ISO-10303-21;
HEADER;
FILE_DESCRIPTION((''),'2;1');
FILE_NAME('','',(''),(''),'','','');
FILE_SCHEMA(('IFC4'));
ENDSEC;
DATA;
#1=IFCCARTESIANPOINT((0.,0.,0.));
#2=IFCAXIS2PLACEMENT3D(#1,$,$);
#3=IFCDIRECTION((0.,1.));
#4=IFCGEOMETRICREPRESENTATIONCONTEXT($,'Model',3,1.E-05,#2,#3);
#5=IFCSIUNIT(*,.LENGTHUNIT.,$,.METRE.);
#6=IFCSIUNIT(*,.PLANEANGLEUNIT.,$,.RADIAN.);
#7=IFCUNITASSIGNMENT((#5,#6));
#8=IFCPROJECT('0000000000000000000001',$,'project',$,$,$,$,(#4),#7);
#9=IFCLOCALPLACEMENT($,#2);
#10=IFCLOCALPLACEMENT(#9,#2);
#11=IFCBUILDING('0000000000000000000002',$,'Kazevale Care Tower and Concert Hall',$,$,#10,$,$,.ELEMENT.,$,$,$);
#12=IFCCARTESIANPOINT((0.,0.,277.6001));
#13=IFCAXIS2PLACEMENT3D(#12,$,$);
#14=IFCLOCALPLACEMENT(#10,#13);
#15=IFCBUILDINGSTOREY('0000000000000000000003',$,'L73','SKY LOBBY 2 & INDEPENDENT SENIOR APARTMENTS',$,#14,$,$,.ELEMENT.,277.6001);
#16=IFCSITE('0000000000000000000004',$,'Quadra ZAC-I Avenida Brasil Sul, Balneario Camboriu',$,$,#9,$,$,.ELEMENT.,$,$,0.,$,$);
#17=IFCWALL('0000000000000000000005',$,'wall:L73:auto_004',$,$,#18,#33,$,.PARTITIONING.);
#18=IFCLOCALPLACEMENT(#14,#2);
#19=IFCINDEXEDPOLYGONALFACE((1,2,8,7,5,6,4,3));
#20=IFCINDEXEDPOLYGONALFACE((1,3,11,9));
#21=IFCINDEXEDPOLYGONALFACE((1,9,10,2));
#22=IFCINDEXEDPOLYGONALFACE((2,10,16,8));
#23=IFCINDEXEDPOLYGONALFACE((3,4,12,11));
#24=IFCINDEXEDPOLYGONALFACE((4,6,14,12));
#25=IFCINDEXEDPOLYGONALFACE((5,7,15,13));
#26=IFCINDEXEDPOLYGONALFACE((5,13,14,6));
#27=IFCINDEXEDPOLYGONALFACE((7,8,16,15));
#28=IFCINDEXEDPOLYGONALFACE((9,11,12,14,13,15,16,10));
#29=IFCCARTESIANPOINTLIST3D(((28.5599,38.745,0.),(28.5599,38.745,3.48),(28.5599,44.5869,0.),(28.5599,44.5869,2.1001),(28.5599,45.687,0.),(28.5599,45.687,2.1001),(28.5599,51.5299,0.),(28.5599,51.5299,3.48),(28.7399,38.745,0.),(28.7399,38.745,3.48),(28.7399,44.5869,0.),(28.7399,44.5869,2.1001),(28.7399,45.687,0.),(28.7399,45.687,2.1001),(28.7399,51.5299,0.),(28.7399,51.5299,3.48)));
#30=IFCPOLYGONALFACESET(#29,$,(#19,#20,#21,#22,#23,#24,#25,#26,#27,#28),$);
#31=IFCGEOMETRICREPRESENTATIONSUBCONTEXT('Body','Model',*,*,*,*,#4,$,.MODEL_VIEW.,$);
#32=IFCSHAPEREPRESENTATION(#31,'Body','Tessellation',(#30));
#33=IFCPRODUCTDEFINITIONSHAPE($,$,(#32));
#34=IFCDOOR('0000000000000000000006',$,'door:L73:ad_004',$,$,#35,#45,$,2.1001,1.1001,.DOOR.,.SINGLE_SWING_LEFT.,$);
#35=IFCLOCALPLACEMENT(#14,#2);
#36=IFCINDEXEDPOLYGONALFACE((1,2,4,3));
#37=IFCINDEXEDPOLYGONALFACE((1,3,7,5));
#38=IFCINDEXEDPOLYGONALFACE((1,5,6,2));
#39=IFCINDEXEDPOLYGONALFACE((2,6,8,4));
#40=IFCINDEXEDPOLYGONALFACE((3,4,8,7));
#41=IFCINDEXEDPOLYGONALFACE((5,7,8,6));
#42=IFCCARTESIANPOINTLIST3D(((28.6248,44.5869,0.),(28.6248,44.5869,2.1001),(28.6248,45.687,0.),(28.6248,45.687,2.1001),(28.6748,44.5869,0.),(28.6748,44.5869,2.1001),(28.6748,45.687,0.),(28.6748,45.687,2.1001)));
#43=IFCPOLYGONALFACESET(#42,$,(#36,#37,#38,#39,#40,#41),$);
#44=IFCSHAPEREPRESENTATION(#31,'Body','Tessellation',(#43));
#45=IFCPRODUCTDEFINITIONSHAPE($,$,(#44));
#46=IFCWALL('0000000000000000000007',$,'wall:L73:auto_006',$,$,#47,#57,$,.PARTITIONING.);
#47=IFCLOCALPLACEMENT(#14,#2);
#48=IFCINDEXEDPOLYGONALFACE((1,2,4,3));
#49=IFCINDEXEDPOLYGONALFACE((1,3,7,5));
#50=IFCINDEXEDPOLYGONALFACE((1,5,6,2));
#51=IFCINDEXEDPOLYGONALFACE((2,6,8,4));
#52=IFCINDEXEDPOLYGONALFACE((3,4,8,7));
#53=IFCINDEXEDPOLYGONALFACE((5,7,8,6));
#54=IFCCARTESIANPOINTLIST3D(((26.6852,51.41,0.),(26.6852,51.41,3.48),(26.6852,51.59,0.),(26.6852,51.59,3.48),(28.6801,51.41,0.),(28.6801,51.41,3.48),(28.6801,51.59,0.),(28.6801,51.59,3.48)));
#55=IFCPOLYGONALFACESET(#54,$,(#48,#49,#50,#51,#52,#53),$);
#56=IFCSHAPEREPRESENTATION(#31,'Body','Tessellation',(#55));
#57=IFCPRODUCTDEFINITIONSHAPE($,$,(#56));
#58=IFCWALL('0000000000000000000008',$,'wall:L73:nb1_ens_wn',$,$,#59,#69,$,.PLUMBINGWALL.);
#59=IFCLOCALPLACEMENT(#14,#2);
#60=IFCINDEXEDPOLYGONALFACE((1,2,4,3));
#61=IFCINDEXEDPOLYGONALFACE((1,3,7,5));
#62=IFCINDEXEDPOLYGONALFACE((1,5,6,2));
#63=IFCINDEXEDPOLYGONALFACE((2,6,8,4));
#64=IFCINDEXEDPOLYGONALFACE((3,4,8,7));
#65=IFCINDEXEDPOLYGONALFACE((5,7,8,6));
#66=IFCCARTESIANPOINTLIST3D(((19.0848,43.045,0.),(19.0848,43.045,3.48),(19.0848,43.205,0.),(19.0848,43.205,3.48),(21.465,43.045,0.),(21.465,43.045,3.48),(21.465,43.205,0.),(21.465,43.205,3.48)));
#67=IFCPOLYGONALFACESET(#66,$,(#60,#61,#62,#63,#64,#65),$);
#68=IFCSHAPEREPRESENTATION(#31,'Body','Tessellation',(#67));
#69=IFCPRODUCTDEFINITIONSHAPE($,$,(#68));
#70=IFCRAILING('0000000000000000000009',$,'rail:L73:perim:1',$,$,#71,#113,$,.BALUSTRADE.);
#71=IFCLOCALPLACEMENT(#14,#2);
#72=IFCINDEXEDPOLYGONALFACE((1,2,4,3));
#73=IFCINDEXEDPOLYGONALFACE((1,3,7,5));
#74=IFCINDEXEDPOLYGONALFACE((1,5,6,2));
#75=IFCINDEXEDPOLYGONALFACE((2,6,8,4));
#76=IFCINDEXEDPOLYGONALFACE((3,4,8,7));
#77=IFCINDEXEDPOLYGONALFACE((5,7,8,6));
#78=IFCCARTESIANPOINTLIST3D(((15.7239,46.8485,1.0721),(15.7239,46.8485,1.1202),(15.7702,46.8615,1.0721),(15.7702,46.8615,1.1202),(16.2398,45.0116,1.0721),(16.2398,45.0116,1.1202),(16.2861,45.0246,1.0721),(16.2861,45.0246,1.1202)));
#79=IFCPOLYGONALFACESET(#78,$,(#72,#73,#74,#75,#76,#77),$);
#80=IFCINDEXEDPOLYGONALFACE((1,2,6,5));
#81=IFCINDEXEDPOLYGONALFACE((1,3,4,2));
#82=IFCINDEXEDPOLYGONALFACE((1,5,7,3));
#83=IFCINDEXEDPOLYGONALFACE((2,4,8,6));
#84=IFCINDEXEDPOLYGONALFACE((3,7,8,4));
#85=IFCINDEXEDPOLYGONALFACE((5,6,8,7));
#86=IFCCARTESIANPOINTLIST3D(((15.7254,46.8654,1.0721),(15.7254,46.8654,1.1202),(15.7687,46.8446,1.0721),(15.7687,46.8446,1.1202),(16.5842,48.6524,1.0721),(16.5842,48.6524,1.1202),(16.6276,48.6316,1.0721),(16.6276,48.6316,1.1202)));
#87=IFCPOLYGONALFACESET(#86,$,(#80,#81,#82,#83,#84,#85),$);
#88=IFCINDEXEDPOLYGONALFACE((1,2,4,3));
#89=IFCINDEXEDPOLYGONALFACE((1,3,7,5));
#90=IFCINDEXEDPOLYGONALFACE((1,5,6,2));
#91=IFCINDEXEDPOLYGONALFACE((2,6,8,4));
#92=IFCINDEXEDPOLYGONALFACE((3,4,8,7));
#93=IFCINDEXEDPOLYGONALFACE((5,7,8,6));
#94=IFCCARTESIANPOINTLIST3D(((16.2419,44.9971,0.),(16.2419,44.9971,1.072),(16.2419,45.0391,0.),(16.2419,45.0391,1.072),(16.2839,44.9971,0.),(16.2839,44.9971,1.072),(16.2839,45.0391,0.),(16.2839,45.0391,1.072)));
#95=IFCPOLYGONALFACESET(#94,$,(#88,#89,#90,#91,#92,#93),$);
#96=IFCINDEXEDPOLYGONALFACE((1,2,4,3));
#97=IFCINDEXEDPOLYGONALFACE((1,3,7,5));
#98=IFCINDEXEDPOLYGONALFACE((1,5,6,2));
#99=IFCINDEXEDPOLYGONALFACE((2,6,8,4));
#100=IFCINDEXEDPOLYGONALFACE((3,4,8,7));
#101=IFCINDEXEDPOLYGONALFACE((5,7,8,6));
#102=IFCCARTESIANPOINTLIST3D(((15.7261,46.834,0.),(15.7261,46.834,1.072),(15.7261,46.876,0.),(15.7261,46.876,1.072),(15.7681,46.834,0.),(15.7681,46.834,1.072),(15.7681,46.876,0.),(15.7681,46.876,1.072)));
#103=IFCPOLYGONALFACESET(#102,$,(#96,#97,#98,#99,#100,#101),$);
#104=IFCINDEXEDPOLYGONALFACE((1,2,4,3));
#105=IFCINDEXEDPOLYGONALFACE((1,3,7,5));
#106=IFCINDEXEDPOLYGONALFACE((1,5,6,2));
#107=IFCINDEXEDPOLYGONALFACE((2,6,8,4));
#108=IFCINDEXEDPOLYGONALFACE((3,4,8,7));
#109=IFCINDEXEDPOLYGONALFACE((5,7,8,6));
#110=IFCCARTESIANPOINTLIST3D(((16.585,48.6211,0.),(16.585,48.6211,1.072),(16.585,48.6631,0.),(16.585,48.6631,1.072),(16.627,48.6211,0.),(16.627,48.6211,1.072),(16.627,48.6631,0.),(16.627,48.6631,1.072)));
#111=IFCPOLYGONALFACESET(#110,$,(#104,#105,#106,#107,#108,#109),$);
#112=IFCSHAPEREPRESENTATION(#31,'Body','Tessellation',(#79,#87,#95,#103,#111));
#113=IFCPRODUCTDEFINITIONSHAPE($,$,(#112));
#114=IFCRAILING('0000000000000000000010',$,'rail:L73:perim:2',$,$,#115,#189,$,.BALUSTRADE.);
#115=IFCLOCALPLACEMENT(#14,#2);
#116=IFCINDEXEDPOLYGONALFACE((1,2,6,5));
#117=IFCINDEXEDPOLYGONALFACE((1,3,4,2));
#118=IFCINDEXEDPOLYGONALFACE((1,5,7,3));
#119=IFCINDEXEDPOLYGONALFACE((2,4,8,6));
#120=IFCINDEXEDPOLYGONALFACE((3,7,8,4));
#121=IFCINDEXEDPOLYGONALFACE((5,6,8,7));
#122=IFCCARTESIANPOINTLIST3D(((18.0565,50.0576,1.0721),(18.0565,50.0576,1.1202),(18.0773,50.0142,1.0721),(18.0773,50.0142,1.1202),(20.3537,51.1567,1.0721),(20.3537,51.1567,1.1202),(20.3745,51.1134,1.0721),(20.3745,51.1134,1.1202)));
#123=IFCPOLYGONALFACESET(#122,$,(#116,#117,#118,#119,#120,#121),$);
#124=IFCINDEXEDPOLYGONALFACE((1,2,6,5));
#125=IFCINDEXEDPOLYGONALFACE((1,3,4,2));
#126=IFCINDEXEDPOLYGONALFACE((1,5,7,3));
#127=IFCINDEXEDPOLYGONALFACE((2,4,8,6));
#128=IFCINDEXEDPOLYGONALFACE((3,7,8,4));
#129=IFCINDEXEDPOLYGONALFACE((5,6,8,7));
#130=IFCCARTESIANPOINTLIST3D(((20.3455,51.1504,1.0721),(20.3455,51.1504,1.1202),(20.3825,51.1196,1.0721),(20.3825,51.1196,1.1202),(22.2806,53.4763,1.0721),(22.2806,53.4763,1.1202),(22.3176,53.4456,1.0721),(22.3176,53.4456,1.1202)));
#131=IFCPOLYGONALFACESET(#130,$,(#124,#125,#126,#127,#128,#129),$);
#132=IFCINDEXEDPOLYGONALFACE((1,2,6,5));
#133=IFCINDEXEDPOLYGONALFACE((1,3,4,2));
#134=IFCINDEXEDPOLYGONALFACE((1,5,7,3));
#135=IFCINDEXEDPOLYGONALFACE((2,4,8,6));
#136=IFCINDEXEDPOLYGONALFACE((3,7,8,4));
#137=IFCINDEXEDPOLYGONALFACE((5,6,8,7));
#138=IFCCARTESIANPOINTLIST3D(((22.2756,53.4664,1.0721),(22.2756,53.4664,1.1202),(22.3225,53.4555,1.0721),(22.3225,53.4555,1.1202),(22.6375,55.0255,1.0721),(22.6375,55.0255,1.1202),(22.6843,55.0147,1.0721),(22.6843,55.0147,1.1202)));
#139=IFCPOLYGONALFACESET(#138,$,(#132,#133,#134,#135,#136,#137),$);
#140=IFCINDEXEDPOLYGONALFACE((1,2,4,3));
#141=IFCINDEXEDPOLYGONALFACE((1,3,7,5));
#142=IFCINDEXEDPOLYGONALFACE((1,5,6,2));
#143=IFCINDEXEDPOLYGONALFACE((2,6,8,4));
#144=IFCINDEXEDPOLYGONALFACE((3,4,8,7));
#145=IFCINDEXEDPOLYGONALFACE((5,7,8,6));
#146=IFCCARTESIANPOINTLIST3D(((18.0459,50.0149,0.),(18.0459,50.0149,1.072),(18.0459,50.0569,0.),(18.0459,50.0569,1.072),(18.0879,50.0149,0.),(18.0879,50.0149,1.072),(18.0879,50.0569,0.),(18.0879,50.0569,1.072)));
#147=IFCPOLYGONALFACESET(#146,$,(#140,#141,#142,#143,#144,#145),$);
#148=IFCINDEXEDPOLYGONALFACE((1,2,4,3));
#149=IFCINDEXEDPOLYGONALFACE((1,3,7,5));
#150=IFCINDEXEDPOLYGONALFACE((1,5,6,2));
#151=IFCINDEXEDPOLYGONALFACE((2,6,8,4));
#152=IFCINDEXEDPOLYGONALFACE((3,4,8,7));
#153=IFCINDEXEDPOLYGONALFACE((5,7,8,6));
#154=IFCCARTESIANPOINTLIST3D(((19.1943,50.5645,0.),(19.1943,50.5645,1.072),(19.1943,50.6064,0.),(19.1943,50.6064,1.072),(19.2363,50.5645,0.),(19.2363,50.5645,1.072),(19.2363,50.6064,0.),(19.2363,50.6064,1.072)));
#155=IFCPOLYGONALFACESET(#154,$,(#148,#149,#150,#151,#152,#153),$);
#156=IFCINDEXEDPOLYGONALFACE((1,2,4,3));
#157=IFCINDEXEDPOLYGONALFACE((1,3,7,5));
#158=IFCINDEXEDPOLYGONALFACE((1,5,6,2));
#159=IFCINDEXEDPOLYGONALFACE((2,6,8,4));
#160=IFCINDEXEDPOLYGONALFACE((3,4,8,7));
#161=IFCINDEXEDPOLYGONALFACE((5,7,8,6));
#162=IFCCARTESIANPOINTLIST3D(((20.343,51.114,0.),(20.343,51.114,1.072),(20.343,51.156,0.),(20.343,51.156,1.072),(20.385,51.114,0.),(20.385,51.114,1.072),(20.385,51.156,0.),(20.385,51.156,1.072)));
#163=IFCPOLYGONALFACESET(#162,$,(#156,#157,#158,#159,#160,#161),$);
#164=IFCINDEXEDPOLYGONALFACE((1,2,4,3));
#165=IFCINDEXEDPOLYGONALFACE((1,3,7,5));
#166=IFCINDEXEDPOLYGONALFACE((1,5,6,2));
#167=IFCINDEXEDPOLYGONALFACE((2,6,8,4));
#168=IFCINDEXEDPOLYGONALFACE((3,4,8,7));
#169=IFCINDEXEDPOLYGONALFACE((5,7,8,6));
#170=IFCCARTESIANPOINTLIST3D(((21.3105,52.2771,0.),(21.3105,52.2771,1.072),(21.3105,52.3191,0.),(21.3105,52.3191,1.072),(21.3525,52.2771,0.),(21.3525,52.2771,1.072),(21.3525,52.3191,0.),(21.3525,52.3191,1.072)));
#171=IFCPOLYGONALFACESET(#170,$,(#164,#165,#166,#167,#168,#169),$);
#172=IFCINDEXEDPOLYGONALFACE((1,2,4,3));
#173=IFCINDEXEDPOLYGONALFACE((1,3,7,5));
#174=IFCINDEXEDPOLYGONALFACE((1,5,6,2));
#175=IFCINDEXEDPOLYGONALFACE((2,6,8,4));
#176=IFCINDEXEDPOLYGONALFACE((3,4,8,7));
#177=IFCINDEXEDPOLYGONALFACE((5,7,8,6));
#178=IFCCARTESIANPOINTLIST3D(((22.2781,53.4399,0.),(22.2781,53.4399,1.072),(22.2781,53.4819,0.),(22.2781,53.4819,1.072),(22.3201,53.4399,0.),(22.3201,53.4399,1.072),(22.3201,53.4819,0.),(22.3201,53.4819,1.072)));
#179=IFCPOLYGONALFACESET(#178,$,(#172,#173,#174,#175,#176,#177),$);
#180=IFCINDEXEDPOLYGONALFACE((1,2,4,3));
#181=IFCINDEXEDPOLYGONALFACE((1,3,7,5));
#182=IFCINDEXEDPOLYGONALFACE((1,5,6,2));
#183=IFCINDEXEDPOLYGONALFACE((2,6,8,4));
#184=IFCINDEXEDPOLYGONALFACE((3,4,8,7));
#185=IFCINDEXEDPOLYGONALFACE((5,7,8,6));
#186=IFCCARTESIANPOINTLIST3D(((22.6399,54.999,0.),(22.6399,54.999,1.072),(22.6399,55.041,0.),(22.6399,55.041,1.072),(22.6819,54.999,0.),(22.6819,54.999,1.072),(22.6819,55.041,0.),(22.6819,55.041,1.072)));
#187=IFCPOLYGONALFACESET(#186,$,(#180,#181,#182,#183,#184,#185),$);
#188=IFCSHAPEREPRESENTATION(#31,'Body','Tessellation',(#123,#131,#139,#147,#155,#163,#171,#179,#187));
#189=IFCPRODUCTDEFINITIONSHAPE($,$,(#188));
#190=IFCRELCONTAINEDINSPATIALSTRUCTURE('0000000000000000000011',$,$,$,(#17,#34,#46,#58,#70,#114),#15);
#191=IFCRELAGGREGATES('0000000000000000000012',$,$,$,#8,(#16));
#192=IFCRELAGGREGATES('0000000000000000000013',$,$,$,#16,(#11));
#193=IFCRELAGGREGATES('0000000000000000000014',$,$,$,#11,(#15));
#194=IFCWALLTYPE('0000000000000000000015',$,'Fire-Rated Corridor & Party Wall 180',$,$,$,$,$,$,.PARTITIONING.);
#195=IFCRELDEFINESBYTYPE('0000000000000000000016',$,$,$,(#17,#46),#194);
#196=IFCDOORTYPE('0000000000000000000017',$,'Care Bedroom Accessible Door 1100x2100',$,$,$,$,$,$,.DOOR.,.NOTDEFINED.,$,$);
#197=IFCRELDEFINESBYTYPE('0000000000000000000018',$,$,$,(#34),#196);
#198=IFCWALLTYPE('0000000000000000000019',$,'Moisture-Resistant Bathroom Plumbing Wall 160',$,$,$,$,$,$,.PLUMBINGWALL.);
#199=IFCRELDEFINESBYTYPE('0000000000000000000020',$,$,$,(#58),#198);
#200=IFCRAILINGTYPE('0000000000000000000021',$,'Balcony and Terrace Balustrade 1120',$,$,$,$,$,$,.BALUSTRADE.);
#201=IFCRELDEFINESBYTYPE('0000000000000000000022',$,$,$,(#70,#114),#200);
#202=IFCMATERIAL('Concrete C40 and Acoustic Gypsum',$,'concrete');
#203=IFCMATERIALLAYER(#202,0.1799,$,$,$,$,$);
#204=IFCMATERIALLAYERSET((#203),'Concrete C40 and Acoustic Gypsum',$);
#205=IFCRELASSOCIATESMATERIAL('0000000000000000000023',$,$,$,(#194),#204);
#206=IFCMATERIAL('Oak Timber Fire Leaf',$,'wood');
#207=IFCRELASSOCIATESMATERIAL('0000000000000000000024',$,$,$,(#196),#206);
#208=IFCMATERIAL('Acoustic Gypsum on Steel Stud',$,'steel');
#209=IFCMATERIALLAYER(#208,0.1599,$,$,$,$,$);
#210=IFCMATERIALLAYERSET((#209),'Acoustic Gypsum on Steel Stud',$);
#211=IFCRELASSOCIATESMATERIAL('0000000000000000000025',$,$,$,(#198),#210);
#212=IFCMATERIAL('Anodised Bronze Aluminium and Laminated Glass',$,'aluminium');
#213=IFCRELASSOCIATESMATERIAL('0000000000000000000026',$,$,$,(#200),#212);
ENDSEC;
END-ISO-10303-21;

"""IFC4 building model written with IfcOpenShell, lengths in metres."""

from ifc_helpers import new_model, si_unit, direction, frame, frame_2d, origin, origin_2d, place, context, subcontext, project, spatial, rectangle, extrude, material, layer, layer_set, type_object, element, fill, save


model = new_model("IFC4")

# Units and contexts
model_context = context("Model", 3, precision=1e-05, world=origin(), true_north=direction((0.0, 1.0)))
body_context = subcontext(model_context, "Body", "Model", "MODEL_VIEW")
ifc_project = project(units=[si_unit("LENGTHUNIT", "METRE"), si_unit("PLANEANGLEUNIT", "RADIAN")], contexts=[model_context])

# Site, building, storey
site_placement = place(None, origin())
site = spatial("IfcSite", under=ifc_project, at=site_placement, Name="Quadra ZAC-I Avenida Brasil Sul, Balneario Camboriu", CompositionType="ELEMENT", RefElevation=0.0)
building_placement = place(site_placement, origin())
building = spatial("IfcBuilding", under=site, at=building_placement, Name="Kazevale Care Tower and Concert Hall", CompositionType="ELEMENT")
storey_placement = place(building_placement, frame((0.0, 0.0, 277.6001)))
storey = spatial("IfcBuildingStorey", under=building, at=storey_placement, Name="L73", Description="SKY LOBBY 2 & INDEPENDENT SENIOR APARTMENTS", CompositionType="ELEMENT", Elevation=277.6001)

# Shared definitions
ifc_material_1 = material(Name="Acoustic Gypsum on Steel Stud", Category="steel")

# Wall, opening, door
ifc_material_2 = material(Name="Concrete C40 and Acoustic Gypsum", Category="concrete")
ifc_layer_1 = layer(ifc_material_2, 0.1799)
ifc_layer_set_1 = layer_set([ifc_layer_1], Name="Concrete C40 and Acoustic Gypsum")
wall_type_1 = type_object("IfcWallType", Name="Fire-Rated Corridor & Party Wall 180", PredefinedType="PARTITIONING", material=ifc_layer_set_1)
wall_1_placement = place(storey_placement, frame((28.6499, 51.53, 0.0), z_axis=(0.0, 0.0, 1.0), x_axis=(0.0, -1.0, 0.0)))
wall_1 = element("IfcWall", 1, at=wall_1_placement, inside=storey, type_object=wall_type_1, Name="wall:L73:auto_004", PredefinedType="PARTITIONING", context=body_context, shape_type="SweptSolid", body=[
    extrude(rectangle(XDim=12.7849, YDim=0.1799, at=frame_2d((6.3926, 0.0))), origin(), (0.0, 0.0, 1.0), 3.48),
])
opening_placement = place(wall_1_placement, frame((5.843, 0.0, 0.0)))
opening = element("IfcOpeningElement", 2, at=opening_placement, cuts=wall_1, PredefinedType="OPENING", context=body_context, shape_type="SweptSolid", body=[
    extrude(rectangle(XDim=1.1001, YDim=2.1001, at=frame_2d((0.55, 1.05))), frame((0.0, 0.0999, 0.0), z_axis=(0.0, -1.0, 0.0), x_axis=(1.0, 0.0, 0.0)), (0.0, 0.0, 1.0), 0.2),
])
ifc_material_3 = material(Name="Oak Timber Fire Leaf", Category="wood")
door_type = type_object("IfcDoorType", Name="Care Bedroom Accessible Door 1100x2100", OperationType="NOTDEFINED", PredefinedType="DOOR", material=ifc_material_3)
door_placement = place(opening_placement, origin())
door = element("IfcDoor", 3, at=door_placement, inside=storey, type_object=door_type, Name="door:L73:ad_004", OperationType="SINGLE_SWING_LEFT", OverallHeight=2.1001, OverallWidth=1.1001, PredefinedType="DOOR", context=body_context, shape_type="SweptSolid", body=[
    extrude(rectangle(XDim=1.1001, YDim=2.1001, at=frame_2d((0.55, 1.05))), frame((0.0, 0.0249, 0.0), z_axis=(0.0, -1.0, 0.0), x_axis=(1.0, 0.0, 0.0)), (0.0, 0.0, 1.0), 0.05),
])
fill(opening, door)

# Walls
wall_2_placement = place(storey_placement, frame((26.6851, 51.5, 0.0), z_axis=(0.0, 0.0, 1.0), x_axis=(1.0, 0.0, 0.0)))
element("IfcWall", 4, at=wall_2_placement, inside=storey, type_object=wall_type_1, Name="wall:L73:auto_006", PredefinedType="PARTITIONING", context=body_context, shape_type="SweptSolid", body=[
    extrude(rectangle(XDim=1.9949, YDim=0.1799, at=frame_2d((0.9976, 0.0))), origin(), (0.0, 0.0, 1.0), 3.48),
])
ifc_layer_2 = layer(ifc_material_1, 0.1599)
ifc_layer_set_2 = layer_set([ifc_layer_2], Name="Acoustic Gypsum on Steel Stud")
wall_type_2 = type_object("IfcWallType", Name="Moisture-Resistant Bathroom Plumbing Wall 160", PredefinedType="PLUMBINGWALL", material=ifc_layer_set_2)
wall_3_placement = place(storey_placement, frame((19.085, 43.125, 0.0), z_axis=(0.0, 0.0, 1.0), x_axis=(1.0, 0.0, 0.0)))
element("IfcWall", 5, at=wall_3_placement, inside=storey, type_object=wall_type_2, Name="wall:L73:nb1_ens_wn", PredefinedType="PLUMBINGWALL", context=body_context, shape_type="SweptSolid", body=[
    extrude(rectangle(XDim=2.3801, YDim=0.1599, at=frame_2d((1.1899, 0.0))), origin(), (0.0, 0.0, 1.0), 3.48),
])

# Railings
ifc_material_4 = material(Name="Anodised Bronze Aluminium and Laminated Glass", Category="aluminium")
railing_type = type_object("IfcRailingType", Name="Balcony and Terrace Balustrade 1120", PredefinedType="BALUSTRADE", material=ifc_material_4)
railing_1_placement = place(storey_placement, frame((16.2629, 45.0181, 0.0)))
element("IfcRailing", 6, at=railing_1_placement, inside=storey, type_object=railing_type, Name="rail:L73:perim:1", PredefinedType="BALUSTRADE", context=body_context, shape_type="SweptSolid", body=[
    extrude(rectangle(XDim=0.0481, YDim=0.0481, at=origin_2d()), frame((0.0, 0.0, 1.0962), z_axis=(-0.270375, 0.962755, 0.0), x_axis=(-0.962755, -0.270375, 0.0)), (0.0, 0.0, 1.0), 1.908),
    extrude(rectangle(XDim=0.0481, YDim=0.0481, at=origin_2d()), frame((-0.5159, 1.8369, 1.0962), z_axis=(0.433171, 0.901312, 0.0), x_axis=(-0.901312, 0.433171, 0.0)), (0.0, 0.0, 1.0), 1.9827),
    extrude(rectangle(XDim=0.042, YDim=0.042, at=origin_2d()), origin(), (0.0, 0.0, 1.0), 1.072),
    extrude(rectangle(XDim=0.042, YDim=0.042, at=origin_2d()), frame((-0.5159, 1.8369, 0.0)), (0.0, 0.0, 1.0), 1.072),
    extrude(rectangle(XDim=0.042, YDim=0.042, at=origin_2d()), frame((0.343, 3.624, 0.0)), (0.0, 0.0, 1.0), 1.072),
])
railing_2_placement = place(storey_placement, frame((18.0669, 50.0359, 0.0)))
element("IfcRailing", 7, at=railing_2_placement, inside=storey, type_object=railing_type, Name="rail:L73:perim:2", PredefinedType="BALUSTRADE", context=body_context, shape_type="SweptSolid", body=[
    extrude(rectangle(XDim=0.0481, YDim=0.0481, at=origin_2d()), frame((0.0, 0.0, 1.0962), z_axis=(0.902058, 0.431615, 0.0), x_axis=(-0.431615, 0.902058, 0.0)), (0.0, 0.0, 1.0), 2.5466),
    extrude(rectangle(XDim=0.0481, YDim=0.0481, at=origin_2d()), frame((2.2971, 1.0991, 1.0962), z_axis=(0.639557, 0.768744, 0.0), x_axis=(-0.768744, 0.639557, 0.0)), (0.0, 0.0, 1.0), 3.0256),
    extrude(rectangle(XDim=0.0481, YDim=0.0481, at=origin_2d()), frame((4.2322, 3.425, 1.0962), z_axis=(0.226063, 0.974113, 0.0), x_axis=(-0.974113, 0.226063, 0.0)), (0.0, 0.0, 1.0), 1.6006),
    extrude(rectangle(XDim=0.042, YDim=0.042, at=origin_2d()), origin(), (0.0, 0.0, 1.0), 1.072),
    extrude(rectangle(XDim=0.042, YDim=0.042, at=origin_2d()), frame((1.1484, 0.5496, 0.0)), (0.0, 0.0, 1.0), 1.072),
    extrude(rectangle(XDim=0.042, YDim=0.042, at=origin_2d()), frame((2.2971, 1.0991, 0.0)), (0.0, 0.0, 1.0), 1.072),
    extrude(rectangle(XDim=0.042, YDim=0.042, at=origin_2d()), frame((3.2646, 2.2622, 0.0)), (0.0, 0.0, 1.0), 1.072),
    extrude(rectangle(XDim=0.042, YDim=0.042, at=origin_2d()), frame((4.2322, 3.425, 0.0)), (0.0, 0.0, 1.0), 1.072),
    extrude(rectangle(XDim=0.042, YDim=0.042, at=origin_2d()), frame((4.594, 4.9841, 0.0)), (0.0, 0.0, 1.0), 1.072),
])

save(model, "model.ifc")
